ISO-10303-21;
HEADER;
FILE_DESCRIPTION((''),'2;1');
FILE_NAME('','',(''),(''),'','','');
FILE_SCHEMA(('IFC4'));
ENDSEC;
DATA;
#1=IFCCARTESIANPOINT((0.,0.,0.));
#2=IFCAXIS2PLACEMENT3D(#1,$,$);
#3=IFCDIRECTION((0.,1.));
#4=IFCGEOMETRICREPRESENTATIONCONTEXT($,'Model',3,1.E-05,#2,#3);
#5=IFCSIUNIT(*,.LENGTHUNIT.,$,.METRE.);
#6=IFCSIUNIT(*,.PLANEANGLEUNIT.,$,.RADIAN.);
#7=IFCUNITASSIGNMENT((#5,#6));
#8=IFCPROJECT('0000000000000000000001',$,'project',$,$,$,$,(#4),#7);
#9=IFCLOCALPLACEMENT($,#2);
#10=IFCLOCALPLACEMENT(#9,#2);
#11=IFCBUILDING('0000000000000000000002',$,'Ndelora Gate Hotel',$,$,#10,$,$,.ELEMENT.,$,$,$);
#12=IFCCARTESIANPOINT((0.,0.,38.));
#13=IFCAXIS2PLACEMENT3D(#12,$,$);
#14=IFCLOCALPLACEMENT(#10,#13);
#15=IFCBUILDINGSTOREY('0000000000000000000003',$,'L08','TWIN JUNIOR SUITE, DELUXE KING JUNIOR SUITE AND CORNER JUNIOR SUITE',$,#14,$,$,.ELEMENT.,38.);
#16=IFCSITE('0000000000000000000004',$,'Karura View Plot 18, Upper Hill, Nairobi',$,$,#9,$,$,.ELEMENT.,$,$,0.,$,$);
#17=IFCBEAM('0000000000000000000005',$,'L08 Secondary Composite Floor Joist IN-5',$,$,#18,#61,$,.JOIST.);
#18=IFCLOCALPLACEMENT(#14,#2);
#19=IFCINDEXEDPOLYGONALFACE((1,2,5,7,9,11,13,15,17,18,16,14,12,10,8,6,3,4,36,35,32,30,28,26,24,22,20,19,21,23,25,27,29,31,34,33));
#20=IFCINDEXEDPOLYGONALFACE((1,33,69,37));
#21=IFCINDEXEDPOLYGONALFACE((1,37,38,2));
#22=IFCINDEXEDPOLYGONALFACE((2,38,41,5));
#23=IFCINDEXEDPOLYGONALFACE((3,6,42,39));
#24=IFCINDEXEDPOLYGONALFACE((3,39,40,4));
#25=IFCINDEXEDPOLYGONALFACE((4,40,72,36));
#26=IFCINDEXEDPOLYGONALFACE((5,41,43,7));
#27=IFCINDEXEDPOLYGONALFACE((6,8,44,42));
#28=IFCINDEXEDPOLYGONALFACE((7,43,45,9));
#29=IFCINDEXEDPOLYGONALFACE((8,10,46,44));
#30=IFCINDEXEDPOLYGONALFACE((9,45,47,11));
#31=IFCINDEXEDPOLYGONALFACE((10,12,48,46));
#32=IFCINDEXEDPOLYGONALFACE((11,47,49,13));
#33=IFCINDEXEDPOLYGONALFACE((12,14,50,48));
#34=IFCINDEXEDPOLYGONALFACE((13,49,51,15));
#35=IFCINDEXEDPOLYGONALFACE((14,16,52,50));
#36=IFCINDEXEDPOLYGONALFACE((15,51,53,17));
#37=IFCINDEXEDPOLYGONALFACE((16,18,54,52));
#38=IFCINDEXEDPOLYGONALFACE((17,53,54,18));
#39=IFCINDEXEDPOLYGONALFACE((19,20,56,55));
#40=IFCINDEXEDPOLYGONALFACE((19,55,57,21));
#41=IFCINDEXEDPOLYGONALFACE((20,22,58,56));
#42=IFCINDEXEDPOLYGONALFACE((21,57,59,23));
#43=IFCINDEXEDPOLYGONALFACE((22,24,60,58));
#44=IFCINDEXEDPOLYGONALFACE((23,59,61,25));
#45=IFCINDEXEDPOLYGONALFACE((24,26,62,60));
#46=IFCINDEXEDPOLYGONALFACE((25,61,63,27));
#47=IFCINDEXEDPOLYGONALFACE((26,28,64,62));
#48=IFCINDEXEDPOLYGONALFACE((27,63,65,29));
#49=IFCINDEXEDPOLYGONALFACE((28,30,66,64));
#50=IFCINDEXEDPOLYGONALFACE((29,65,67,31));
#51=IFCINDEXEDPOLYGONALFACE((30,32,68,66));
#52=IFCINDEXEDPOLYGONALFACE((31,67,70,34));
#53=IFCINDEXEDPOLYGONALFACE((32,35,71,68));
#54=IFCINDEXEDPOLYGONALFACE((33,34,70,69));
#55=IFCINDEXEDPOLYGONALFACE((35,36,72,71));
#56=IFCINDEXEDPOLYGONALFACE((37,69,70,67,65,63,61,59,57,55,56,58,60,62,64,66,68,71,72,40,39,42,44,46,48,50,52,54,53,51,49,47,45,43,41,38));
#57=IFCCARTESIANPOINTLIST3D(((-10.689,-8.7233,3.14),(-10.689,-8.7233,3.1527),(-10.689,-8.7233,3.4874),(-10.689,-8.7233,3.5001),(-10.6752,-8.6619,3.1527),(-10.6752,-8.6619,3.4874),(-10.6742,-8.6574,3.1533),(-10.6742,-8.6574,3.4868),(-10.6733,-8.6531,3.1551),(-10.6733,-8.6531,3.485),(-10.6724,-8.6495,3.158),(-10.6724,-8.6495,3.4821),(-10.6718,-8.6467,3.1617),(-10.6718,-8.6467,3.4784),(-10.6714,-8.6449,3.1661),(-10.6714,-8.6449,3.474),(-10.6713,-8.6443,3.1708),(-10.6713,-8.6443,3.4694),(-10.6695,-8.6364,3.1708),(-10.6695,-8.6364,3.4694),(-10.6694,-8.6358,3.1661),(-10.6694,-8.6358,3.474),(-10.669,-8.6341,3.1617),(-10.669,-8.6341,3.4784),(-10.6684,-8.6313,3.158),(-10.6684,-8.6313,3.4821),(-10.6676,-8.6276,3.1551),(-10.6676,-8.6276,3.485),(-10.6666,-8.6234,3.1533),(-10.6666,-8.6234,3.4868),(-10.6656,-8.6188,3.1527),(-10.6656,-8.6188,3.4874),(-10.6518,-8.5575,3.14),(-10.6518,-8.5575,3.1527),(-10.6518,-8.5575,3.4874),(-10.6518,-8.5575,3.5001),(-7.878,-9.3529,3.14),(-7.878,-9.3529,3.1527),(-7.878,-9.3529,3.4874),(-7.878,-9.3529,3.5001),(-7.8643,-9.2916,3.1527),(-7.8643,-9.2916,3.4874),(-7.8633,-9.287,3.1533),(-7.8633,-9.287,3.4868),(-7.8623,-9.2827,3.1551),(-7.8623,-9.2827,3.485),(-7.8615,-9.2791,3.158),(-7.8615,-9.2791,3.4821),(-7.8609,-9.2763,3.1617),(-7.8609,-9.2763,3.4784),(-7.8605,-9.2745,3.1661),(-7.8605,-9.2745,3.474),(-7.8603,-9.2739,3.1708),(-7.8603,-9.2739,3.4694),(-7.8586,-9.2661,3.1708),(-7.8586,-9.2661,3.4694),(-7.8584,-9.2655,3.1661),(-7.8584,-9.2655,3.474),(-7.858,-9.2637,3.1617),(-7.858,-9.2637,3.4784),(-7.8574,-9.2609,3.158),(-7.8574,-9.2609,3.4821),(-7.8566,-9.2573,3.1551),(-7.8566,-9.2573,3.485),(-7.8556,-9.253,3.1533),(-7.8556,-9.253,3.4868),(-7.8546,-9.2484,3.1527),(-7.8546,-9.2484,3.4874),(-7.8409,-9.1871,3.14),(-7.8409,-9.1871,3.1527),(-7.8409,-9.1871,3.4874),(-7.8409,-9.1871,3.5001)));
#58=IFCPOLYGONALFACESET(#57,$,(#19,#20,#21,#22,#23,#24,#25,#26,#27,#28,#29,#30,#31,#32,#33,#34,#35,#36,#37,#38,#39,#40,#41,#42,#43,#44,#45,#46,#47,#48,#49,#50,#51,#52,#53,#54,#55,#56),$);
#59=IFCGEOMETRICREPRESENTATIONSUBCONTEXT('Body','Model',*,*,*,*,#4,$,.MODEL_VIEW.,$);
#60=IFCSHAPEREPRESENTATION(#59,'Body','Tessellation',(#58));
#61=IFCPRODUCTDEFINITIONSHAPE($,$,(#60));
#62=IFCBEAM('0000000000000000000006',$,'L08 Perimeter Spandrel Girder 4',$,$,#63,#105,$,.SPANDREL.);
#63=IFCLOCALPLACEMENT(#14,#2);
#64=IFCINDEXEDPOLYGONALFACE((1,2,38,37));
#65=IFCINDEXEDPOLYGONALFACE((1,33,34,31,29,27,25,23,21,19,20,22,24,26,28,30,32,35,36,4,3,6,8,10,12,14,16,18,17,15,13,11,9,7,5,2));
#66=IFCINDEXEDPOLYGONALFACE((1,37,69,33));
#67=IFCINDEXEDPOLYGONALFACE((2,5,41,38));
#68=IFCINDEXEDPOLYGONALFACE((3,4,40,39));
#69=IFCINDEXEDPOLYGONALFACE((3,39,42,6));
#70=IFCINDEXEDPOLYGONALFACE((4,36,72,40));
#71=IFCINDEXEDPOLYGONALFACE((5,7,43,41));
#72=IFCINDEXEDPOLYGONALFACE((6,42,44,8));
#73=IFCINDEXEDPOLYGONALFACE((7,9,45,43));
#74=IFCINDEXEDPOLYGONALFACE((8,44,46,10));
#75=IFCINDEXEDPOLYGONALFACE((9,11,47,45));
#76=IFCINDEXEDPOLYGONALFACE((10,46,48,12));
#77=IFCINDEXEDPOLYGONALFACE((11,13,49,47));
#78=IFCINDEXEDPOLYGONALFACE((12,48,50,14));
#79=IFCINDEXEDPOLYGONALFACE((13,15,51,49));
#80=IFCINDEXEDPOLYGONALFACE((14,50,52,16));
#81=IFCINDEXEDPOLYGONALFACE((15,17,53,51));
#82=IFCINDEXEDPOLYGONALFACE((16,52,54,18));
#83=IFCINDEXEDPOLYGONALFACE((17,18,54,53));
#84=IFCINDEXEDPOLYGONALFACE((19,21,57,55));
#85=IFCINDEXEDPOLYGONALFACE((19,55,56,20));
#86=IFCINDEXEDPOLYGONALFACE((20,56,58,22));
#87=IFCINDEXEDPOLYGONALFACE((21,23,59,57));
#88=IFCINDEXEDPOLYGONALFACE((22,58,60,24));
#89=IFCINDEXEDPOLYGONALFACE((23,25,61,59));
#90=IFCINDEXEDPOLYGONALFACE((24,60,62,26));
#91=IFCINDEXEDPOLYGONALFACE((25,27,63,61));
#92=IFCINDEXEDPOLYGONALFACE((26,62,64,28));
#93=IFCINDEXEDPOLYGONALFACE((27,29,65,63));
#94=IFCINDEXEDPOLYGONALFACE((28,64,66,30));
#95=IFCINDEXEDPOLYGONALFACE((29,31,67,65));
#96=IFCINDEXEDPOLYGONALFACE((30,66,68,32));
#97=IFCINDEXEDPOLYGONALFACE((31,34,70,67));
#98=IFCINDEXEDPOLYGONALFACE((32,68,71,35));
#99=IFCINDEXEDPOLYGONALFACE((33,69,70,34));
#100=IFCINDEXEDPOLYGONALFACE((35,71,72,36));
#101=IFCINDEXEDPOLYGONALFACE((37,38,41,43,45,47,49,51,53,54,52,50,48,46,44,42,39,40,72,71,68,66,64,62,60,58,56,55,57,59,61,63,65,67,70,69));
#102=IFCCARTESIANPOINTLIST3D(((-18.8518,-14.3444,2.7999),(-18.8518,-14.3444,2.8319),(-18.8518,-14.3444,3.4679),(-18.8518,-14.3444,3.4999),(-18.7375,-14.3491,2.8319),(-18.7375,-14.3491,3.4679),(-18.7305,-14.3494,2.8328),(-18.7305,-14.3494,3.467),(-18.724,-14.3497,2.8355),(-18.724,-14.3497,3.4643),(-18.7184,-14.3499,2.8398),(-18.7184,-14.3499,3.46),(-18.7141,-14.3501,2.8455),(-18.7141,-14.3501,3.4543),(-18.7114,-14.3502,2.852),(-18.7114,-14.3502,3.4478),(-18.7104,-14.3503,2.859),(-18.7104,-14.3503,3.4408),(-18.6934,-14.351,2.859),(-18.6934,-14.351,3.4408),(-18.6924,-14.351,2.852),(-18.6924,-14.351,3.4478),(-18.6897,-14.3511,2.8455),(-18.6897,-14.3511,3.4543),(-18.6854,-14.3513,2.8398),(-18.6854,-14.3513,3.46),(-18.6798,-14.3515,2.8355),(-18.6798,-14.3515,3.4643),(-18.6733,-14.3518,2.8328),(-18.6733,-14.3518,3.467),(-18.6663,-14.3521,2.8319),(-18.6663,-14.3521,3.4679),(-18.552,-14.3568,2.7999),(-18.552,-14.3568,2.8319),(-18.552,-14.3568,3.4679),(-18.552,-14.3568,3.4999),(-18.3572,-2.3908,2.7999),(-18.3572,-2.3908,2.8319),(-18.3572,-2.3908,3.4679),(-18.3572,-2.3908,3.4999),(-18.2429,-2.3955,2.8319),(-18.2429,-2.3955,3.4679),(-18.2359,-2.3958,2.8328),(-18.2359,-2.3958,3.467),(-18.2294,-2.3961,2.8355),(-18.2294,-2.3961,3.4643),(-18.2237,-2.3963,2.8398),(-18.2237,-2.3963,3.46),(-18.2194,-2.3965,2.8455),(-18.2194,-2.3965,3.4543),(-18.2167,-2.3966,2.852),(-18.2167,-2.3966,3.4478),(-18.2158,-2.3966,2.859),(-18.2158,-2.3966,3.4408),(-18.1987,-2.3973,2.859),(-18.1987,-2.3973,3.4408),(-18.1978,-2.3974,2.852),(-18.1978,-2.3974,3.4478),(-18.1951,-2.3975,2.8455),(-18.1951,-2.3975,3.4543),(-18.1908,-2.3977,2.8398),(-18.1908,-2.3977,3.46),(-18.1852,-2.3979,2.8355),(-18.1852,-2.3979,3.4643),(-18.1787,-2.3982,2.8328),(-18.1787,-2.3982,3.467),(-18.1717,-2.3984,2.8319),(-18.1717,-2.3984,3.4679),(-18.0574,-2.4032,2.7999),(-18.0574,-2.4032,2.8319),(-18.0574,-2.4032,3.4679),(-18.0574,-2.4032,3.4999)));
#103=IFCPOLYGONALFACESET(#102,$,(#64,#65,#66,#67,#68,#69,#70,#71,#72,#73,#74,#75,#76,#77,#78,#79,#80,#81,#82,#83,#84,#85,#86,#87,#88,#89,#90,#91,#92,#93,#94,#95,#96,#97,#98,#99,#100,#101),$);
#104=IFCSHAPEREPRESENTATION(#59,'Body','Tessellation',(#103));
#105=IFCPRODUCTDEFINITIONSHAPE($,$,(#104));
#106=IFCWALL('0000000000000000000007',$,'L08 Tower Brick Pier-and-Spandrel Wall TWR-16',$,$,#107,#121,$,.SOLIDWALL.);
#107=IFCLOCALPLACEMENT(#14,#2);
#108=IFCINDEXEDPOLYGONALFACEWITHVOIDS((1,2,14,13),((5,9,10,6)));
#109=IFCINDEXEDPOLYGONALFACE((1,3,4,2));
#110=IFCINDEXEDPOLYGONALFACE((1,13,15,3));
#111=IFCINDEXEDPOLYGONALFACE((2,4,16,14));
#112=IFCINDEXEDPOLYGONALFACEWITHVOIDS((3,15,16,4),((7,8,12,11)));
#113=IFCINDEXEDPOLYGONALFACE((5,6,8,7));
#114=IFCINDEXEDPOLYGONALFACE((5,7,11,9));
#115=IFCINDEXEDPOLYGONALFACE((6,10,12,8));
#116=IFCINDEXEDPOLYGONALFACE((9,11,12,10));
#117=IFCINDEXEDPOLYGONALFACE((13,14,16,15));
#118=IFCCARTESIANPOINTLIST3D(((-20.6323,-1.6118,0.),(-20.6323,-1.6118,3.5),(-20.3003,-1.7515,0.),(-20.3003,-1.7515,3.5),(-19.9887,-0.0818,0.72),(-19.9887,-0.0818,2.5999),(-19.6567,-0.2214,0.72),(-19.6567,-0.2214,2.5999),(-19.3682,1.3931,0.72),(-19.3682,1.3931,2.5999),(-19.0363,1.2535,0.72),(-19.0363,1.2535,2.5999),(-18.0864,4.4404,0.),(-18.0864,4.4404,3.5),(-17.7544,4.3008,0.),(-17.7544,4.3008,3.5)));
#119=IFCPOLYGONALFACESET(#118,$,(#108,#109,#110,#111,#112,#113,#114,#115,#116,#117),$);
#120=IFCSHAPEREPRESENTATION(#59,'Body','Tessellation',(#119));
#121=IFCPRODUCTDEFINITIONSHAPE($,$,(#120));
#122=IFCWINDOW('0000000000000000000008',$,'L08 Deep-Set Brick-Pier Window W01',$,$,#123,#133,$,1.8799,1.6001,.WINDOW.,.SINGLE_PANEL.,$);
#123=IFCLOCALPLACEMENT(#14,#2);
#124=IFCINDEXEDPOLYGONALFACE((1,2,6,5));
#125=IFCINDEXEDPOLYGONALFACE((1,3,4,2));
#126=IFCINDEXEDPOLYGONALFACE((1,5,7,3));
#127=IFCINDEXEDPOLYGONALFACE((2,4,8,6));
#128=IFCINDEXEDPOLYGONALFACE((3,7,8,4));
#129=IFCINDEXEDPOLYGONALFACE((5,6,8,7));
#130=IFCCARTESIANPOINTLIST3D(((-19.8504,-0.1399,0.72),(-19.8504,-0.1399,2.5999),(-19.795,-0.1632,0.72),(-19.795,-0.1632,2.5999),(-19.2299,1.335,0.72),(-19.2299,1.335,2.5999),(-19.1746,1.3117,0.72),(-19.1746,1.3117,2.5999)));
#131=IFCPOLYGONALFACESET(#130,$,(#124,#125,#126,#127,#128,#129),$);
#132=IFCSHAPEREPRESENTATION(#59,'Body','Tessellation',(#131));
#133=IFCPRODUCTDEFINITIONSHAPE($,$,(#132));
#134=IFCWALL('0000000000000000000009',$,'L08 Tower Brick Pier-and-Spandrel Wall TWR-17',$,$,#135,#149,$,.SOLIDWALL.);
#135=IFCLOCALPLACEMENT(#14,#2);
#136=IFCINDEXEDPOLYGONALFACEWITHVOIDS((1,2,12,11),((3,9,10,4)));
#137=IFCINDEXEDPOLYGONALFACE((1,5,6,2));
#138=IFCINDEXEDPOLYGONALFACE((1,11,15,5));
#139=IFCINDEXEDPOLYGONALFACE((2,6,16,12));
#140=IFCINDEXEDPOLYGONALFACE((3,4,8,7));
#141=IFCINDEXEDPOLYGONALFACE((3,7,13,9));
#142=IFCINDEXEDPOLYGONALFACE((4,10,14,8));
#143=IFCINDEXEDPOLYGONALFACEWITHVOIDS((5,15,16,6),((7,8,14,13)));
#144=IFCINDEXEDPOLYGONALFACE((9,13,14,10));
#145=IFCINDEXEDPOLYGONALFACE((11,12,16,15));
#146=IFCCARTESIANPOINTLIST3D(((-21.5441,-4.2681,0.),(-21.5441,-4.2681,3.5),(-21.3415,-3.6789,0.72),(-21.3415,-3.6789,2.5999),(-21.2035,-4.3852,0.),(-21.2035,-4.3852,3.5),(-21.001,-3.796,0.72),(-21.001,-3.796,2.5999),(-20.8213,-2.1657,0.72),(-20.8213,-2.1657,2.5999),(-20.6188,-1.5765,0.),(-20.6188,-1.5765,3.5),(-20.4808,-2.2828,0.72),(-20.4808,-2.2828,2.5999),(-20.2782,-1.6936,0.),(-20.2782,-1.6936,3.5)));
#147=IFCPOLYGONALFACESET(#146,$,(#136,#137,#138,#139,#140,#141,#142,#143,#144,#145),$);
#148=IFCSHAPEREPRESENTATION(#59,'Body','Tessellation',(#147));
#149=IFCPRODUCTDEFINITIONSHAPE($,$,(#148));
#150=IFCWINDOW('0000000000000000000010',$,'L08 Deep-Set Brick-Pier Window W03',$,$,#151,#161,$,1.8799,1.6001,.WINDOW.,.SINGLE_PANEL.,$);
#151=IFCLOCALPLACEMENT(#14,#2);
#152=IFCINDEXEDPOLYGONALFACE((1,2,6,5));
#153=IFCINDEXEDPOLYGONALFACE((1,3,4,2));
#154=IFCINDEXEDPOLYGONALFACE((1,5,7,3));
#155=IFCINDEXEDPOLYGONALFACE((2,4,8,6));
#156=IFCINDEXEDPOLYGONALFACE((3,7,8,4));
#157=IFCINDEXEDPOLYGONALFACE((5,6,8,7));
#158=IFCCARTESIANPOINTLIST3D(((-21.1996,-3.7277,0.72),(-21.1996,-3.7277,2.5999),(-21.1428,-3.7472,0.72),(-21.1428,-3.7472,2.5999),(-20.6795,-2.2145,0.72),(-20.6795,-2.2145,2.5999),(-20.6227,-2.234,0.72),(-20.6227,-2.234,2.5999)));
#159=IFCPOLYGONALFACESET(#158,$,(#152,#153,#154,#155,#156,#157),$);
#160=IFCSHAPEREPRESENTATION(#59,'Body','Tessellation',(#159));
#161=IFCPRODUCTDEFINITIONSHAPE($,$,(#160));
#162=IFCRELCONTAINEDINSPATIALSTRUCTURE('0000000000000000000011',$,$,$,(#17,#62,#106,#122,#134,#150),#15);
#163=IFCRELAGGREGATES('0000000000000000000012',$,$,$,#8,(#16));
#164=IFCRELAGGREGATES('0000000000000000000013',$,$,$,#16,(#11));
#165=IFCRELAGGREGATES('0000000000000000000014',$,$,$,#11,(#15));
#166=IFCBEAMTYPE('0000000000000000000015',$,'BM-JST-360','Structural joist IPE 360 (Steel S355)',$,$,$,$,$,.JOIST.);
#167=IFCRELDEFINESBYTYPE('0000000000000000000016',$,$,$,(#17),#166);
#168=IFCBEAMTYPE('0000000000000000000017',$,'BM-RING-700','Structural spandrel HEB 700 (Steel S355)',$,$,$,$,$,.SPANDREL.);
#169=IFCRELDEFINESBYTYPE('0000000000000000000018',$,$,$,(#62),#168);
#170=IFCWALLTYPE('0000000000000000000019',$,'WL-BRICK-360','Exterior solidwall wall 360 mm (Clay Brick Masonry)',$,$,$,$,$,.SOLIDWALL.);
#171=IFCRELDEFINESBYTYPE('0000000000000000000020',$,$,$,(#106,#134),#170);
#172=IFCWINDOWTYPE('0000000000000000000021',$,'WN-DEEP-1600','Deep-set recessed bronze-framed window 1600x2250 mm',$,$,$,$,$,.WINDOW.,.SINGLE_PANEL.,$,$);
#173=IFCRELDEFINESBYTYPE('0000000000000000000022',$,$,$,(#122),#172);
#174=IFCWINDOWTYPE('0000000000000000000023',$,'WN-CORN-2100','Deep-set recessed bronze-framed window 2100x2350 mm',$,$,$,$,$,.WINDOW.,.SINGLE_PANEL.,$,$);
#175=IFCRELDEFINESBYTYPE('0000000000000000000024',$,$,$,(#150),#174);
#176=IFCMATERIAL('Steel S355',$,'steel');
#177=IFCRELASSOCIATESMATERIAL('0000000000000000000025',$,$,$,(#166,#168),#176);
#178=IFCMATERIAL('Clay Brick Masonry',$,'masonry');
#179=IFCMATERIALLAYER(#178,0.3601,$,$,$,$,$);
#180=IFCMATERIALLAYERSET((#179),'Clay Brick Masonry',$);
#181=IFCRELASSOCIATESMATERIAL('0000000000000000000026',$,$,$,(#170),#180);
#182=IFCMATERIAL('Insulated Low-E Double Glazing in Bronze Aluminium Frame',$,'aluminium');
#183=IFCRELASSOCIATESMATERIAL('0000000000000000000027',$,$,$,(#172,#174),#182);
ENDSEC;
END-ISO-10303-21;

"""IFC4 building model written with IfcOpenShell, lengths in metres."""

from ifc_helpers import new_model, si_unit, direction, frame, frame_2d, origin, origin_2d, place, context, subcontext, project, spatial, rectangle, i_section, extrude, material, layer, layer_set, material_profile, profile_set, type_object, element, fill, save


model = new_model("IFC4")

# Units and contexts
model_context = context("Model", 3, precision=1e-05, world=origin(), true_north=direction((0.0, 1.0)))
body_context = subcontext(model_context, "Body", "Model", "MODEL_VIEW")
ifc_project = project(units=[si_unit("LENGTHUNIT", "METRE"), si_unit("PLANEANGLEUNIT", "RADIAN")], contexts=[model_context])

# Site, building, storey
site_placement = place(None, origin())
site = spatial("IfcSite", under=ifc_project, at=site_placement, Name="Karura View Plot 18, Upper Hill, Nairobi", CompositionType="ELEMENT", RefElevation=0.0)
building_placement = place(site_placement, origin())
building = spatial("IfcBuilding", under=site, at=building_placement, Name="Ndelora Gate Hotel", CompositionType="ELEMENT")
storey_placement = place(building_placement, frame((0.0, 0.0, 38.0)))
storey = spatial("IfcBuildingStorey", under=building, at=storey_placement, Name="L08", Description="TWIN JUNIOR SUITE, DELUXE KING JUNIOR SUITE AND CORNER JUNIOR SUITE", CompositionType="ELEMENT", Elevation=38.0)

# Beams
ifc_material_1 = material(Name="Steel S355", Category="steel")
ifc_material_profile_1 = material_profile(ifc_material_1, i_section(OverallWidth=0.1699, OverallDepth=0.3601, WebThickness=0.0081, FlangeThickness=0.0127, FilletRadius=0.0181, at=origin_2d()), Name="IPE 360")
ifc_profile_set_1 = profile_set([ifc_material_profile_1], Name="Steel S355")
beam_type_1 = type_object("IfcBeamType", Name="BM-JST-360", Description="Structural joist IPE 360 (Steel S355)", PredefinedType="JOIST", material=ifc_profile_set_1)
beam_1_placement = place(storey_placement, frame((-10.6704, -8.6404, 3.3201), z_axis=(0.975821, -0.218572, 0.0), x_axis=(0.218572, 0.975821, 0.0)))
element("IfcBeam", 1, at=beam_1_placement, inside=storey, type_object=beam_type_1, Name="L08 Secondary Composite Floor Joist IN-5", PredefinedType="JOIST", context=body_context, shape_type="SweptSolid", body=[
    extrude(i_section(OverallWidth=0.1699, OverallDepth=0.3601, WebThickness=0.0081, FlangeThickness=0.0127, FilletRadius=0.0181, at=origin_2d()), origin(), (0.0, 0.0, 1.0), 2.8806),
])
ifc_material_profile_2 = material_profile(ifc_material_1, i_section(OverallWidth=0.3, OverallDepth=0.7, WebThickness=0.0171, FlangeThickness=0.032, FilletRadius=0.0271, at=origin_2d()), Name="HEB 700")
ifc_profile_set_2 = profile_set([ifc_material_profile_2], Name="Steel S355")
beam_type_2 = type_object("IfcBeamType", Name="BM-RING-700", Description="Structural spandrel HEB 700 (Steel S355)", PredefinedType="SPANDREL", material=ifc_profile_set_2)
beam_2_placement = place(storey_placement, frame((-18.2073, -2.397, 3.1499), z_axis=(-0.041344, -0.999145, 0.0), x_axis=(0.999145, -0.041344, 0.0)))
element("IfcBeam", 2, at=beam_2_placement, inside=storey, type_object=beam_type_2, Name="L08 Perimeter Spandrel Girder 4", PredefinedType="SPANDREL", context=body_context, shape_type="SweptSolid", body=[
    extrude(i_section(OverallWidth=0.3, OverallDepth=0.7, WebThickness=0.0171, FlangeThickness=0.032, FilletRadius=0.0271, at=origin_2d()), origin(), (0.0, 0.0, 1.0), 11.9639),
])

# Walls, openings, windows
ifc_material_2 = material(Name="Clay Brick Masonry", Category="masonry")
ifc_layer_1 = layer(ifc_material_2, 0.3601)
ifc_layer_set_1 = layer_set([ifc_layer_1], Name="Clay Brick Masonry")
wall_type_1 = type_object("IfcWallType", Name="WL-BRICK-360", Description="Exterior solidwall wall 360 mm (Clay Brick Masonry)", PredefinedType="SOLIDWALL", material=ifc_layer_set_1)
wall_1_placement = place(storey_placement, frame((-20.4663, -1.6816, 0.0), z_axis=(0.0, 0.0, 1.0), x_axis=(0.387744, 0.921767, 0.0)))
wall_1 = element("IfcWall", 3, at=wall_1_placement, inside=storey, type_object=wall_type_1, Name="L08 Tower Brick Pier-and-Spandrel Wall TWR-16", PredefinedType="SOLIDWALL", context=body_context, shape_type="SweptSolid", body=[
    extrude(rectangle(XDim=6.5659, YDim=0.3601, at=frame_2d((3.283, 0.0))), origin(), (0.0, 0.0, 1.0), 3.5),
])
opening_1_placement = place(wall_1_placement, frame((1.6599, 0.0, 0.72)))
opening_1 = element("IfcOpeningElement", 4, at=opening_1_placement, cuts=wall_1, PredefinedType="OPENING", context=body_context, shape_type="SweptSolid", body=[
    extrude(rectangle(XDim=1.6001, YDim=1.8799, at=frame_2d((0.8, 0.9399))), frame((0.0, 0.1899, 0.0), z_axis=(0.0, -1.0, 0.0), x_axis=(1.0, 0.0, 0.0)), (0.0, 0.0, 1.0), 0.3801),
])
ifc_material_3 = material(Name="Insulated Low-E Double Glazing in Bronze Aluminium Frame", Category="aluminium")
window_type_1 = type_object("IfcWindowType", Name="WN-DEEP-1600", Description="Deep-set recessed bronze-framed window 1600x2250 mm", PartitioningType="SINGLE_PANEL", PredefinedType="WINDOW", material=ifc_material_3)
window_1_placement = place(opening_1_placement, origin())
window_1 = element("IfcWindow", 5, at=window_1_placement, inside=storey, type_object=window_type_1, Name="L08 Deep-Set Brick-Pier Window W01", OverallHeight=1.8799, OverallWidth=1.6001, PartitioningType="SINGLE_PANEL", PredefinedType="WINDOW", context=body_context, shape_type="SweptSolid", body=[
    extrude(rectangle(XDim=1.6001, YDim=1.8799, at=frame_2d((0.8, 0.9399))), frame((0.0, 0.03, 0.0), z_axis=(0.0, -1.0, 0.0), x_axis=(1.0, 0.0, 0.0)), (0.0, 0.0, 1.0), 0.0601),
])
fill(opening_1, window_1)
wall_2_placement = place(storey_placement, frame((-21.3738, -4.3267, 0.0), z_axis=(0.0, 0.0, 1.0), x_axis=(0.325092, 0.945682, 0.0)))
wall_2 = element("IfcWall", 6, at=wall_2_placement, inside=storey, type_object=wall_type_1, Name="L08 Tower Brick Pier-and-Spandrel Wall TWR-17", PredefinedType="SOLIDWALL", context=body_context, shape_type="SweptSolid", body=[
    extrude(rectangle(XDim=2.8462, YDim=0.3601, at=frame_2d((1.4231, 0.0))), origin(), (0.0, 0.0, 1.0), 3.5),
])
opening_2_placement = place(wall_2_placement, frame((0.623, 0.0, 0.72)))
opening_2 = element("IfcOpeningElement", 7, at=opening_2_placement, cuts=wall_2, PredefinedType="OPENING", context=body_context, shape_type="SweptSolid", body=[
    extrude(rectangle(XDim=1.6001, YDim=1.8799, at=frame_2d((0.8, 0.9399))), frame((0.0, 0.1899, 0.0), z_axis=(0.0, -1.0, 0.0), x_axis=(1.0, 0.0, 0.0)), (0.0, 0.0, 1.0), 0.3801),
])
window_type_2 = type_object("IfcWindowType", Name="WN-CORN-2100", Description="Deep-set recessed bronze-framed window 2100x2350 mm", PartitioningType="SINGLE_PANEL", PredefinedType="WINDOW", material=ifc_material_3)
window_2_placement = place(opening_2_placement, origin())
window_2 = element("IfcWindow", 8, at=window_2_placement, inside=storey, type_object=window_type_2, Name="L08 Deep-Set Brick-Pier Window W03", OverallHeight=1.8799, OverallWidth=1.6001, PartitioningType="SINGLE_PANEL", PredefinedType="WINDOW", context=body_context, shape_type="SweptSolid", body=[
    extrude(rectangle(XDim=1.6001, YDim=1.8799, at=frame_2d((0.8, 0.9399))), frame((0.0, 0.03, 0.0), z_axis=(0.0, -1.0, 0.0), x_axis=(1.0, 0.0, 0.0)), (0.0, 0.0, 1.0), 0.0601),
])
fill(opening_2, window_2)

save(model, "model.ifc")
